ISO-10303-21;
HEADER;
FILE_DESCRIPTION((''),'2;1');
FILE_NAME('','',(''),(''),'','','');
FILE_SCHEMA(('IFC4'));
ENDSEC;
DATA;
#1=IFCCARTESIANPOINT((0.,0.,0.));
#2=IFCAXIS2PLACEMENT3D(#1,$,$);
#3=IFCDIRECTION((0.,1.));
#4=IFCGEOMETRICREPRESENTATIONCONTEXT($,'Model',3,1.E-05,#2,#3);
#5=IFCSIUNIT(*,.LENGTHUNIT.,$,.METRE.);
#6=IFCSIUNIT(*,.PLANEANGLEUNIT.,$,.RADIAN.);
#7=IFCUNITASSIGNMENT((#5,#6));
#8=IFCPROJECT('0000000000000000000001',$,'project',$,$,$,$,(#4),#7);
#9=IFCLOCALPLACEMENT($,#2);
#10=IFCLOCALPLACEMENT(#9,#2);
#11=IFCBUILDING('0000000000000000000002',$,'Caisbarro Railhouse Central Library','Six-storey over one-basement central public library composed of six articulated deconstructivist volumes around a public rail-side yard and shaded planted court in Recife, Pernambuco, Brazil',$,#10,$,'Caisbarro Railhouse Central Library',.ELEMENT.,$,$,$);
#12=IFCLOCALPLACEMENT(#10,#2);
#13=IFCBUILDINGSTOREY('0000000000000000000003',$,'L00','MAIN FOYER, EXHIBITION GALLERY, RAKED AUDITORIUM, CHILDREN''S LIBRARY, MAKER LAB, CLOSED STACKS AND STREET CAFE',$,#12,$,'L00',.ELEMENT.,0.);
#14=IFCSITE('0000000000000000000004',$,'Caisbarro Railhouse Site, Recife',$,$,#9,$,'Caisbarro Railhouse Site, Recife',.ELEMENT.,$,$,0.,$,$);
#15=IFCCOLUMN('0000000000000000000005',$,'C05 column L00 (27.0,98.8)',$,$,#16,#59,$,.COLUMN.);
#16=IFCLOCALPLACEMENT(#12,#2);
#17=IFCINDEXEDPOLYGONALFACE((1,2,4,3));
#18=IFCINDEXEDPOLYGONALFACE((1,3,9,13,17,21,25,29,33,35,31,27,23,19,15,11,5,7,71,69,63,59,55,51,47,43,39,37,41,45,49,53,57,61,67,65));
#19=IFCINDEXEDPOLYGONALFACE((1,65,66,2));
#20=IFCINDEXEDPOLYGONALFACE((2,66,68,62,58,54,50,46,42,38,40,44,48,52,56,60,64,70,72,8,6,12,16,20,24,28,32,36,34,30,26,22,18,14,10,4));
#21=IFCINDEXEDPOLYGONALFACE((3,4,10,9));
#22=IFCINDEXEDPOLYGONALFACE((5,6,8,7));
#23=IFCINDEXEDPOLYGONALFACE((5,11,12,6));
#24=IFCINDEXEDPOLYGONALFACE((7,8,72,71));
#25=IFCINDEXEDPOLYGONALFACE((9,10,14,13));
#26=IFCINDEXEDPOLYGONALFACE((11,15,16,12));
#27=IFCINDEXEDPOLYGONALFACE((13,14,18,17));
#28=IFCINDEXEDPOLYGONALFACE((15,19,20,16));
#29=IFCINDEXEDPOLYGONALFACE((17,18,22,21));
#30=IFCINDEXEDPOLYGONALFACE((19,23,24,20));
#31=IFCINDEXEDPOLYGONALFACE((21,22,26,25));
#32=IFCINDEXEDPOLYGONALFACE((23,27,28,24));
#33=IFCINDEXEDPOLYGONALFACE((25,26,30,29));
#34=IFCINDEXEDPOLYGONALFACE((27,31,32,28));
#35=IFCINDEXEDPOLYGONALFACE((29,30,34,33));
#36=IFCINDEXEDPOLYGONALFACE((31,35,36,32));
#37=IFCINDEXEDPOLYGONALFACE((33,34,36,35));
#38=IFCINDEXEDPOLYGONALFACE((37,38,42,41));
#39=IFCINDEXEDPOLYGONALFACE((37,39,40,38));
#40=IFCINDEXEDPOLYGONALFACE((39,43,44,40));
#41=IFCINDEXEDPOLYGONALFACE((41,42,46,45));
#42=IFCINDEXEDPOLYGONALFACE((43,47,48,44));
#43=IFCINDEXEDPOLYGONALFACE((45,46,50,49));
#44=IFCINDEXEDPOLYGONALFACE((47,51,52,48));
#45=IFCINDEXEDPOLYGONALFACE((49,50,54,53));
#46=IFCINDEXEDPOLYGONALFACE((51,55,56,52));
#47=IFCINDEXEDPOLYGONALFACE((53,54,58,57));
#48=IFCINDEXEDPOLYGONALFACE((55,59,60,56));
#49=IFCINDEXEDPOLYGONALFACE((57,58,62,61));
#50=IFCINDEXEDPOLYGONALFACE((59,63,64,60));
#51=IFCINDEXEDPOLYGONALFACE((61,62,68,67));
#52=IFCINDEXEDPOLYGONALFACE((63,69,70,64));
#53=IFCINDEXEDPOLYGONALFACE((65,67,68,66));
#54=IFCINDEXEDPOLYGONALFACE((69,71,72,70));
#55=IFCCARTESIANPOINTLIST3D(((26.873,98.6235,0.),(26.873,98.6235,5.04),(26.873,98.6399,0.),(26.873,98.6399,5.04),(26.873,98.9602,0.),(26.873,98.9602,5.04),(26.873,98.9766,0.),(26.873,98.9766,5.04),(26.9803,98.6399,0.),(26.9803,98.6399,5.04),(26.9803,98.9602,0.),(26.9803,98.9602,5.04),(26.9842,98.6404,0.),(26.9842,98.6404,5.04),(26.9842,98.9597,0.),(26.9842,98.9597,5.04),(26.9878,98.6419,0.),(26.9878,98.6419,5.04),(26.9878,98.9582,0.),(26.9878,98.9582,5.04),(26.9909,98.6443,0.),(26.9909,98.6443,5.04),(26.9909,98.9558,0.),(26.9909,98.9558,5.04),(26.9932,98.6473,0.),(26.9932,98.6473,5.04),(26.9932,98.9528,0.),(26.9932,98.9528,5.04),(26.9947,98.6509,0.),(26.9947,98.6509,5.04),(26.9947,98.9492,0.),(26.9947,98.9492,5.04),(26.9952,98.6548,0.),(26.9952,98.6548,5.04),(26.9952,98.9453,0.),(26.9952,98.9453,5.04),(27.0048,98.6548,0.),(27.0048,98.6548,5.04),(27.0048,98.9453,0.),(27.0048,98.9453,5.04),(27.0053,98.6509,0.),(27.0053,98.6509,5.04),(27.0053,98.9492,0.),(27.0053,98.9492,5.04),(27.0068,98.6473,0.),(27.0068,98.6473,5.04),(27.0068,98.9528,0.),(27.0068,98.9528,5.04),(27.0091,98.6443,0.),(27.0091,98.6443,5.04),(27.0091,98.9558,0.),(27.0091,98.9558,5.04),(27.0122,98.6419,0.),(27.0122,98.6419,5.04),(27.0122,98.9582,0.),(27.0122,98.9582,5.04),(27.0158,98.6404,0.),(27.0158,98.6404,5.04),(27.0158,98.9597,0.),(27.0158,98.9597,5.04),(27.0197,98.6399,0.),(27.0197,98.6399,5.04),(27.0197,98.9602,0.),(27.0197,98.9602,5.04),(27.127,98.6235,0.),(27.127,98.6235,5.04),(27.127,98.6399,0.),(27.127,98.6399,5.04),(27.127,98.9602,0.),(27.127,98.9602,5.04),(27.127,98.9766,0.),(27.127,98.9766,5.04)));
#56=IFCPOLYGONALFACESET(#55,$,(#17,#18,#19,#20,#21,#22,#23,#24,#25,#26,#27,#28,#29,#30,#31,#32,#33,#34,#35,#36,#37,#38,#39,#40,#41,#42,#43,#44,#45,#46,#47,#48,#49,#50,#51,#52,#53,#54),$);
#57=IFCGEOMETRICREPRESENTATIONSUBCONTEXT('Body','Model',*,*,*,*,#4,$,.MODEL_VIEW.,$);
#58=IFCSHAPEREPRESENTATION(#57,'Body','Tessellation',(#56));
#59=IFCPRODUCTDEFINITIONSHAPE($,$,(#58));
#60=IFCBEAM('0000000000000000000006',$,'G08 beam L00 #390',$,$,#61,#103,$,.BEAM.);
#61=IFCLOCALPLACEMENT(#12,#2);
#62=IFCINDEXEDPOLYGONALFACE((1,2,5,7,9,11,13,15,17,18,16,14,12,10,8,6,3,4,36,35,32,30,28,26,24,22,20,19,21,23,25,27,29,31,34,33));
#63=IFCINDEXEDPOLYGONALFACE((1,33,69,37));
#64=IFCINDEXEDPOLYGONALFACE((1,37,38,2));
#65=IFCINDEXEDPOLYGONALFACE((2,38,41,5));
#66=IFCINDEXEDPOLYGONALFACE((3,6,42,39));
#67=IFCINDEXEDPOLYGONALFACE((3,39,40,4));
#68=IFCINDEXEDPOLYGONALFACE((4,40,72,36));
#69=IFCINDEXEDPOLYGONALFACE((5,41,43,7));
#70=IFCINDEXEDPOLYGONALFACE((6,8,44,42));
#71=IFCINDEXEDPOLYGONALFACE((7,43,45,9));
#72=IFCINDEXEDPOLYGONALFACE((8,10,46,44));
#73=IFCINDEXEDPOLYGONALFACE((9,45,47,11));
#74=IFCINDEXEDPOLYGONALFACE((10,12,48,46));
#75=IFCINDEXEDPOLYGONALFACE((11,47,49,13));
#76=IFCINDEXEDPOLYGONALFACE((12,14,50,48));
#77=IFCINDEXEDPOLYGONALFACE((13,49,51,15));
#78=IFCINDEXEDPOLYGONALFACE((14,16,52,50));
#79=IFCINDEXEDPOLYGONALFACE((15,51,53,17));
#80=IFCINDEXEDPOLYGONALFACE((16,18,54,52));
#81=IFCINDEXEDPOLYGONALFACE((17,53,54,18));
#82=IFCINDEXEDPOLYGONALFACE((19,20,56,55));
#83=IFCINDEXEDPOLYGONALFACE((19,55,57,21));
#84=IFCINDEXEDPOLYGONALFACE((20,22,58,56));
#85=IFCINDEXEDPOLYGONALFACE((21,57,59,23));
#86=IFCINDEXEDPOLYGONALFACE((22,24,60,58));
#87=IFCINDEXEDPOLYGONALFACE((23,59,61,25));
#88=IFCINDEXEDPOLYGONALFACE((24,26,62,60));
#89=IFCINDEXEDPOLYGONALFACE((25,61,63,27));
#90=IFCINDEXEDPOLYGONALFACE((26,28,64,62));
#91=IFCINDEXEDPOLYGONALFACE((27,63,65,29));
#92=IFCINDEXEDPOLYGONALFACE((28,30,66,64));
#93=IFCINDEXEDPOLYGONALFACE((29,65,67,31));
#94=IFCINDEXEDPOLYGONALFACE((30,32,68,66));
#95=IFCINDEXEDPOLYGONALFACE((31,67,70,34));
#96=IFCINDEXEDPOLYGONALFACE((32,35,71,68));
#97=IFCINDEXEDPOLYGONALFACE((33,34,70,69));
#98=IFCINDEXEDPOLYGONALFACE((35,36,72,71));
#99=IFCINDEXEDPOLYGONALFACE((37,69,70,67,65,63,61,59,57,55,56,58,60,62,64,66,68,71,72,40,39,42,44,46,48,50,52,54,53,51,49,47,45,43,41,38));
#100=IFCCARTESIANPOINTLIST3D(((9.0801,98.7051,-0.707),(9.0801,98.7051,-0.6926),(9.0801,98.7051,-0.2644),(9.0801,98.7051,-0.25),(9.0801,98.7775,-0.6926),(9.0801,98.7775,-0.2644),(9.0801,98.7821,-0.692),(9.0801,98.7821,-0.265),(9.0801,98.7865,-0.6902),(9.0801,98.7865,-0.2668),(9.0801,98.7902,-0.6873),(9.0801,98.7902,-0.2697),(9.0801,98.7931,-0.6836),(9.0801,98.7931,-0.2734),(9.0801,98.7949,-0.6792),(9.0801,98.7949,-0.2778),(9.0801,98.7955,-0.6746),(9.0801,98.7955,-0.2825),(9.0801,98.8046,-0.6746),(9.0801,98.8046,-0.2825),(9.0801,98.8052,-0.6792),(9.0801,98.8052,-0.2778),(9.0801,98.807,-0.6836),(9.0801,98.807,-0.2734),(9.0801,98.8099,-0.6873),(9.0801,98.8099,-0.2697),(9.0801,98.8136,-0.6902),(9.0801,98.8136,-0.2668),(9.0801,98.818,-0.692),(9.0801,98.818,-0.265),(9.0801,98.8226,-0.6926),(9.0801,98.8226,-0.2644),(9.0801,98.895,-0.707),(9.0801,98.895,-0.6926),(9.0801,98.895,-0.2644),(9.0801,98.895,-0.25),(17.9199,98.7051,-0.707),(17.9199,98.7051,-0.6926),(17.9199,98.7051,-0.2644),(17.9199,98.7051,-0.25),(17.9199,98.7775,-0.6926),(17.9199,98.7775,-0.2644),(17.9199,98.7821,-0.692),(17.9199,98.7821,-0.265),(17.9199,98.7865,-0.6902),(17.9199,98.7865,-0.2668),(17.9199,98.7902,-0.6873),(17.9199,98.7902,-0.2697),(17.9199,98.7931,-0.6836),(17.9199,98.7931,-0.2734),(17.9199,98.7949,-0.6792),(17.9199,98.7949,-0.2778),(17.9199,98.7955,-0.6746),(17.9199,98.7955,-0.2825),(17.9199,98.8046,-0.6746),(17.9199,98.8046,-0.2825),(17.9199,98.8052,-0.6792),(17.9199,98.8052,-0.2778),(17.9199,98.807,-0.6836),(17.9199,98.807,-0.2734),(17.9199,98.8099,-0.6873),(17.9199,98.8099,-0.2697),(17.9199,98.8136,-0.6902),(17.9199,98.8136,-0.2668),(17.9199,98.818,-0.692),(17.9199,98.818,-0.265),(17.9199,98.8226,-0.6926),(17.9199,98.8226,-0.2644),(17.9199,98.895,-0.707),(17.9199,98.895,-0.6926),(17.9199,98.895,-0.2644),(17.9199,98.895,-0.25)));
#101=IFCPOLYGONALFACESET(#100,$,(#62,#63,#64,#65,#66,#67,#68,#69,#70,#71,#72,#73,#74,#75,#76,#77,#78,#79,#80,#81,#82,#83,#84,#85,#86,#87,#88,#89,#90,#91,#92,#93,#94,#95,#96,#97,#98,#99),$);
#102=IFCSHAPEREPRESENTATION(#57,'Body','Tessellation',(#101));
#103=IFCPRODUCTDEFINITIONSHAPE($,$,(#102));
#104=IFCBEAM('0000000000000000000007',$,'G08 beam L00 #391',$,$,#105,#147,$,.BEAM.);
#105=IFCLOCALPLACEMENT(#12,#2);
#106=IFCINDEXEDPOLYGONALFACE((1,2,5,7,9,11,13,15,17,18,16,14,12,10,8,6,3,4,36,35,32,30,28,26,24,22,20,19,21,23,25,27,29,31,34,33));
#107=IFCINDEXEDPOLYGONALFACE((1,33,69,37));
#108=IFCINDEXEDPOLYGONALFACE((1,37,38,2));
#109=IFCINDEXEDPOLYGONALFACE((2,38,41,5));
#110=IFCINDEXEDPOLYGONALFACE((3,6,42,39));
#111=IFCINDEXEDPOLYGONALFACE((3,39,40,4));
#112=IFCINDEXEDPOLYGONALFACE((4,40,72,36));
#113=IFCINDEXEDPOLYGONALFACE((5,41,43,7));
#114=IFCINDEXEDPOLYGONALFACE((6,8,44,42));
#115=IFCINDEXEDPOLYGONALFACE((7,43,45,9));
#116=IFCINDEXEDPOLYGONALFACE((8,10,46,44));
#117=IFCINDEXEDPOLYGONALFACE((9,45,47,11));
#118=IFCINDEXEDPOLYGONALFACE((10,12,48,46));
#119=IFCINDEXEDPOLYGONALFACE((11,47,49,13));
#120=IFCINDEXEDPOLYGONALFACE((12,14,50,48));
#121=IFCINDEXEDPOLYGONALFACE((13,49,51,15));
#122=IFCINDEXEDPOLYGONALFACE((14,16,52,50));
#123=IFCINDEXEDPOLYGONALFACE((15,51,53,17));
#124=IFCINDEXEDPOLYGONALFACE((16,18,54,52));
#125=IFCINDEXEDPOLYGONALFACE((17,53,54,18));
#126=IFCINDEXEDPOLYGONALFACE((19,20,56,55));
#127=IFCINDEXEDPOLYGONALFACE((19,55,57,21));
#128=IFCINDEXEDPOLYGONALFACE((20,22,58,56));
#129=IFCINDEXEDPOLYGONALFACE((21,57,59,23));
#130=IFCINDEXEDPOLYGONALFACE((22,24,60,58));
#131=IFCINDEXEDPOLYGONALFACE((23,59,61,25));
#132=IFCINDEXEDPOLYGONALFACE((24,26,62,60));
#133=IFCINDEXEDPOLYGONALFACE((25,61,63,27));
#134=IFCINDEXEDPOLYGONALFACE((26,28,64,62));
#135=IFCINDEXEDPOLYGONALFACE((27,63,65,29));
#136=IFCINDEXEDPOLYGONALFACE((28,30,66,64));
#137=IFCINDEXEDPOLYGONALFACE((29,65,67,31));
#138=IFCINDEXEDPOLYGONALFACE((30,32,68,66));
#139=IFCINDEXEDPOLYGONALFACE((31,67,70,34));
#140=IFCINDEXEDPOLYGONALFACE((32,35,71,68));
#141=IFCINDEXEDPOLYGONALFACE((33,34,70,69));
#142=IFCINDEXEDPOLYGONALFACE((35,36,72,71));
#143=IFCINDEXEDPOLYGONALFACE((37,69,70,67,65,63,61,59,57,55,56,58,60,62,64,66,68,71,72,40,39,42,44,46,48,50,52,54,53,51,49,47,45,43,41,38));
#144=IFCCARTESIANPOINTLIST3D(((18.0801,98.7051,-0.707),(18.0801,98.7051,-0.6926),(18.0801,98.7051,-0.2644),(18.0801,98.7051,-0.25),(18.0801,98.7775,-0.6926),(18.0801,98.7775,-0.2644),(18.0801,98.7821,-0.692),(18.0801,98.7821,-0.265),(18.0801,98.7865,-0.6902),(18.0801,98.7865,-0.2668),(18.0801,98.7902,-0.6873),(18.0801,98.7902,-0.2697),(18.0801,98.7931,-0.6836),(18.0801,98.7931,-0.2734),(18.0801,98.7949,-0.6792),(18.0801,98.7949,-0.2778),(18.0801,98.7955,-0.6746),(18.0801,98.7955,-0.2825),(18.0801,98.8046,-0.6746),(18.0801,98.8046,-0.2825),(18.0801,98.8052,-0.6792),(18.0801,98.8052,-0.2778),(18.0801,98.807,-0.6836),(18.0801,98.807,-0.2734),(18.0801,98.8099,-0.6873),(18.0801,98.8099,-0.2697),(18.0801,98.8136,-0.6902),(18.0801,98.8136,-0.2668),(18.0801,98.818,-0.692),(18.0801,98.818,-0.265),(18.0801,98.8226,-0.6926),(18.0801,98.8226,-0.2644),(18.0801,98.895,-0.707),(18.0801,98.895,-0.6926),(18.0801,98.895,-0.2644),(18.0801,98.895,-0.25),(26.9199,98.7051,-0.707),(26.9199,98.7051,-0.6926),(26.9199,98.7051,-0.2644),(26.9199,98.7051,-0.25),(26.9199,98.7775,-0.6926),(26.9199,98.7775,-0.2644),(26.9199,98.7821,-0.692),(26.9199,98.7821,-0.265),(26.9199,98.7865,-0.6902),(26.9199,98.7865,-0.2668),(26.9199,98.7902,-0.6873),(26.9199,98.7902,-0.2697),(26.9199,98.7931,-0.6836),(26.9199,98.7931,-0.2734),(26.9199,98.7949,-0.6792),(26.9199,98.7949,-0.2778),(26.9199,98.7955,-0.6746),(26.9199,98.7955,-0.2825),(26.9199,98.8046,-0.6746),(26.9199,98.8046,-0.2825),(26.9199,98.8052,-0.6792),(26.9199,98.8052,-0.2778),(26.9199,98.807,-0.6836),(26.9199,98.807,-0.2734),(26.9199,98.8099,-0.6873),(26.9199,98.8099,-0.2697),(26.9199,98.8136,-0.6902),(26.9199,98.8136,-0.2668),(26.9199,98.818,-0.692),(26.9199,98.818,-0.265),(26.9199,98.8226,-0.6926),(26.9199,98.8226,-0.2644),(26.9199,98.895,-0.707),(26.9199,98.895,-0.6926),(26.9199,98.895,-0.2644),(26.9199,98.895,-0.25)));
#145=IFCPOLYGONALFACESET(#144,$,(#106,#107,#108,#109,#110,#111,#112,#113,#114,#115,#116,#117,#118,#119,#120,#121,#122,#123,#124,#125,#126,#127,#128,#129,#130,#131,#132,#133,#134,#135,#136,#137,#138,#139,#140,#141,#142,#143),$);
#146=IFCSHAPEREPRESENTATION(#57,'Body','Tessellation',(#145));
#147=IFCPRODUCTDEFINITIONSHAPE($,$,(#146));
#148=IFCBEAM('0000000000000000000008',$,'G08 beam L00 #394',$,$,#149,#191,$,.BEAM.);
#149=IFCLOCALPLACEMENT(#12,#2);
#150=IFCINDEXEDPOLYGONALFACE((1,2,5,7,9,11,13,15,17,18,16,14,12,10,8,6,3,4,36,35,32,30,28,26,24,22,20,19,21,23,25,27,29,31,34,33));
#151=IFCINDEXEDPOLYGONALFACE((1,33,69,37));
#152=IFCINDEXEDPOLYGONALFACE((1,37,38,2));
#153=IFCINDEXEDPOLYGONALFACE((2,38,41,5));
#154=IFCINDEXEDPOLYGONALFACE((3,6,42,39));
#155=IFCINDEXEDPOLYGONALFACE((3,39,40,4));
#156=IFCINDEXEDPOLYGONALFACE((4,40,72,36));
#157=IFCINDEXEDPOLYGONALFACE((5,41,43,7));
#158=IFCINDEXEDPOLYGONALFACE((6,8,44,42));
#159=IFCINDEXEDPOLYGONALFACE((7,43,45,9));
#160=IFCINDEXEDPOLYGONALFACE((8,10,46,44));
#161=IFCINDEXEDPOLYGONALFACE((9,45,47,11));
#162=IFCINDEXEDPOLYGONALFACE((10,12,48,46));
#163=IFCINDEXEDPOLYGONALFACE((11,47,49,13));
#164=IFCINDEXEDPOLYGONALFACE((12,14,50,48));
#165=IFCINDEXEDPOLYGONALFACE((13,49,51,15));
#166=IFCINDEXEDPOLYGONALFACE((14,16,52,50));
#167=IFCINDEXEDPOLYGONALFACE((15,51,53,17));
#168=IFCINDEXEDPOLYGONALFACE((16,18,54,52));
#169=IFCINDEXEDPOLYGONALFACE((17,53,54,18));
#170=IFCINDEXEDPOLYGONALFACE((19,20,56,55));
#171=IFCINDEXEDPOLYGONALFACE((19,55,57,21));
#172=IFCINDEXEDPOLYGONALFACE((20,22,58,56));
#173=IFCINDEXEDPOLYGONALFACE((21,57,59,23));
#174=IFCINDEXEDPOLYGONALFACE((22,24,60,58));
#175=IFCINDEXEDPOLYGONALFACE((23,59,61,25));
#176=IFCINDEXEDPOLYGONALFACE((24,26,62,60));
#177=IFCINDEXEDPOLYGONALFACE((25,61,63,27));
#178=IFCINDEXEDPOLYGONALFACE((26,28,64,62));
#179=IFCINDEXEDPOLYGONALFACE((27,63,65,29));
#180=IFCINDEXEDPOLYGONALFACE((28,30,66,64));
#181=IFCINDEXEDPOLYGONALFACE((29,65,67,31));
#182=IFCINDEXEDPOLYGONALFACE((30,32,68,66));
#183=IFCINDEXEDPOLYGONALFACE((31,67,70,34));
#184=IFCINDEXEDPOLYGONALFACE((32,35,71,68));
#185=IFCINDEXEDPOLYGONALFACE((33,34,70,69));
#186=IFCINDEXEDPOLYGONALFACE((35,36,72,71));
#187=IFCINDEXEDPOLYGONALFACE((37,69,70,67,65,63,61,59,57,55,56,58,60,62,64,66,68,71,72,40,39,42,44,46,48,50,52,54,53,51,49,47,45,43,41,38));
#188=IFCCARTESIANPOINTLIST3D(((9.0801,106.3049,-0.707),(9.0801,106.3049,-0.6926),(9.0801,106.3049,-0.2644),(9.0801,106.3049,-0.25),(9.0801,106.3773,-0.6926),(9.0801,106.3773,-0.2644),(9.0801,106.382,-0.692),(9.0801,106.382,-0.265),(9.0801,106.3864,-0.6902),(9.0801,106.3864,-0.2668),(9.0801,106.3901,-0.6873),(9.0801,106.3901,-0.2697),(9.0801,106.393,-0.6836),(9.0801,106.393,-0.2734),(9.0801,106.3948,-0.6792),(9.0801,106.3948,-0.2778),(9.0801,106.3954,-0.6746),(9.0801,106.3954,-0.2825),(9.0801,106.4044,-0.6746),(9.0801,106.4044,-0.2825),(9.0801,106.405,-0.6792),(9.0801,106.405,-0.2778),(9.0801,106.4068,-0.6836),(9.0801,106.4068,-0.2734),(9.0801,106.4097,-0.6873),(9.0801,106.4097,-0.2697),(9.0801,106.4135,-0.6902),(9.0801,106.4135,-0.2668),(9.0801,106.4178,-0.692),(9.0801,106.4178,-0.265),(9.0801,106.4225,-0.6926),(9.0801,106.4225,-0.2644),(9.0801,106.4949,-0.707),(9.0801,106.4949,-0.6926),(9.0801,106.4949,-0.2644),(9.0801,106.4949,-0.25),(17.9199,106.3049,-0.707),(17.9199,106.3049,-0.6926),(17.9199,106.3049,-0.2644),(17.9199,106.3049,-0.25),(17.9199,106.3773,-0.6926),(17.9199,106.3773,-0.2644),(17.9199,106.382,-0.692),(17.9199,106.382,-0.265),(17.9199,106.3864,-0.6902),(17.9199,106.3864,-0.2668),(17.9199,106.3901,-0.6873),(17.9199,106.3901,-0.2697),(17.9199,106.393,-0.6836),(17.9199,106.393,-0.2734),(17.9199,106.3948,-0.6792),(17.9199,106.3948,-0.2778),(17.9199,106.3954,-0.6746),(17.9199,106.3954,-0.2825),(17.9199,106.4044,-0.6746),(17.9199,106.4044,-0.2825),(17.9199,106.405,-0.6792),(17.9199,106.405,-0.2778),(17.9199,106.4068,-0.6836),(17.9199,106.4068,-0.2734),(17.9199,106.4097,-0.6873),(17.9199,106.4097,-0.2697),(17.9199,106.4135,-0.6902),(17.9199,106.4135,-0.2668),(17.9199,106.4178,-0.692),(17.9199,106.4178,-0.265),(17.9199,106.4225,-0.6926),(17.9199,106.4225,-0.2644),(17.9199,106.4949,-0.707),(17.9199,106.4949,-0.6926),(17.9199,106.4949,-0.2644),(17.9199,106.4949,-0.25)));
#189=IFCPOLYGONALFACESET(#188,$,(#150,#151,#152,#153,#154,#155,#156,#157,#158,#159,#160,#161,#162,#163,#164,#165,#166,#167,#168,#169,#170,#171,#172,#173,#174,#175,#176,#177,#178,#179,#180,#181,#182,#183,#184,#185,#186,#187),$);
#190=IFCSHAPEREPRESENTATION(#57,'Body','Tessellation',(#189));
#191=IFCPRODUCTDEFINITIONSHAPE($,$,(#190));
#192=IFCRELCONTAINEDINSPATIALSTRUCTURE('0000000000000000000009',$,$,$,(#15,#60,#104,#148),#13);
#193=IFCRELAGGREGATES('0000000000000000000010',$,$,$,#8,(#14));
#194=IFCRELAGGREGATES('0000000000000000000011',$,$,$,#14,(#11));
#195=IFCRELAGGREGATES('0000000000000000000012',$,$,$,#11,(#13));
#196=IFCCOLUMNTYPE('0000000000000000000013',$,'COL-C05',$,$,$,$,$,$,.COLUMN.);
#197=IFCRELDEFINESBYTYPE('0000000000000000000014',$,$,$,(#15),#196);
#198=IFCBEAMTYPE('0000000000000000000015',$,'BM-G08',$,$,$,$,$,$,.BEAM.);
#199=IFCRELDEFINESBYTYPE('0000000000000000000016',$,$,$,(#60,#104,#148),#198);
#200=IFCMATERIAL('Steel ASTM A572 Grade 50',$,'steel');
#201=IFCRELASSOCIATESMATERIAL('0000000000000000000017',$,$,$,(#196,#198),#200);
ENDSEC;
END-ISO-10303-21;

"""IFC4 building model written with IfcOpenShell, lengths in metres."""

from ifc_helpers import new_model, si_unit, direction, frame, origin, origin_2d, place, context, subcontext, project, spatial, i_section, extrude, material, material_profile, profile_set, type_object, element, save


model = new_model("IFC4")

# Units and contexts
model_context = context("Model", 3, precision=1e-05, world=origin(), true_north=direction((0.0, 1.0)))
body_context = subcontext(model_context, "Body", "Model", "MODEL_VIEW")
ifc_project = project(units=[si_unit("LENGTHUNIT", "METRE"), si_unit("PLANEANGLEUNIT", "RADIAN")], contexts=[model_context])

# Site, building, storey
site_placement = place(None, origin())
site = spatial("IfcSite", under=ifc_project, at=site_placement, Name="Caisbarro Railhouse Site, Recife", LongName="Caisbarro Railhouse Site, Recife", CompositionType="ELEMENT", RefElevation=0.0)
building_placement = place(site_placement, origin())
building = spatial("IfcBuilding", under=site, at=building_placement, Name="Caisbarro Railhouse Central Library", Description="Six-storey over one-basement central public library composed of six articulated deconstructivist volumes around a public rail-side yard and shaded planted court in Recife, Pernambuco, Brazil", LongName="Caisbarro Railhouse Central Library", CompositionType="ELEMENT")
storey_placement = place(building_placement, origin())
storey = spatial("IfcBuildingStorey", under=building, at=storey_placement, Name="L00", Description="MAIN FOYER, EXHIBITION GALLERY, RAKED AUDITORIUM, CHILDREN'S LIBRARY, MAKER LAB, CLOSED STACKS AND STREET CAFE", LongName="L00", CompositionType="ELEMENT", Elevation=0.0)

# Column
ifc_material_1 = material(Name="Steel ASTM A572 Grade 50", Category="steel")
ifc_material_profile_1 = material_profile(ifc_material_1, i_section(OverallWidth=0.2539, OverallDepth=0.353, WebThickness=0.0095, FlangeThickness=0.0164, FilletRadius=0.0149, at=origin_2d()), Name="W360X91.0")
ifc_profile_set_1 = profile_set([ifc_material_profile_1], Name="Steel ASTM A572 Grade 50")
column_type = type_object("IfcColumnType", Name="COL-C05", PredefinedType="COLUMN", material=ifc_profile_set_1)
for number, where, z_axis, x_axis, name in (
    (1, (27.0, 98.8, 0.0), (0.0, 0.0, 1.0), (1.0, 0.0, 0.0), "C05 column L00 (27.0,98.8)"),
):
    element("IfcColumn", number, at=place(storey_placement, frame(where, z_axis=z_axis, x_axis=x_axis)), inside=storey, type_object=column_type, Name=name, PredefinedType="COLUMN", context=body_context, shape_type="SweptSolid", body=[
        extrude(i_section(OverallWidth=0.2539, OverallDepth=0.353, WebThickness=0.0095, FlangeThickness=0.0164, FilletRadius=0.0149, at=origin_2d()), origin(), (0.0, 0.0, 1.0), 5.04),
    ])

# Beams
ifc_material_profile_2 = material_profile(ifc_material_1, i_section(OverallWidth=0.1899, OverallDepth=0.457, WebThickness=0.009, FlangeThickness=0.0144, FilletRadius=0.0181, at=origin_2d()), Name="W460X74.0")
ifc_profile_set_2 = profile_set([ifc_material_profile_2], Name="Steel ASTM A572 Grade 50")
beam_type_1 = type_object("IfcBeamType", Name="BM-G08", PredefinedType="BEAM", material=ifc_profile_set_2)
for number, where, z_axis, x_axis, name in (
    (2, (9.0801, 98.8, -0.4785), (1.0, 0.0, 0.0), (0.0, 1.0, 0.0), "G08 beam L00 #390"),
    (3, (18.0801, 98.8, -0.4785), (1.0, 0.0, 0.0), (0.0, 1.0, 0.0), "G08 beam L00 #391"),
    (4, (9.0801, 106.3999, -0.4785), (1.0, 0.0, 0.0), (0.0, 1.0, 0.0), "G08 beam L00 #394"),
):
    element("IfcBeam", number, at=place(storey_placement, frame(where, z_axis=z_axis, x_axis=x_axis)), inside=storey, type_object=beam_type_1, Name=name, PredefinedType="BEAM", context=body_context, shape_type="SweptSolid", body=[
        extrude(i_section(OverallWidth=0.1899, OverallDepth=0.457, WebThickness=0.009, FlangeThickness=0.0144, FilletRadius=0.0181, at=origin_2d()), origin(), (0.0, 0.0, 1.0), 8.8398),
    ])

save(model, "model.ifc")
